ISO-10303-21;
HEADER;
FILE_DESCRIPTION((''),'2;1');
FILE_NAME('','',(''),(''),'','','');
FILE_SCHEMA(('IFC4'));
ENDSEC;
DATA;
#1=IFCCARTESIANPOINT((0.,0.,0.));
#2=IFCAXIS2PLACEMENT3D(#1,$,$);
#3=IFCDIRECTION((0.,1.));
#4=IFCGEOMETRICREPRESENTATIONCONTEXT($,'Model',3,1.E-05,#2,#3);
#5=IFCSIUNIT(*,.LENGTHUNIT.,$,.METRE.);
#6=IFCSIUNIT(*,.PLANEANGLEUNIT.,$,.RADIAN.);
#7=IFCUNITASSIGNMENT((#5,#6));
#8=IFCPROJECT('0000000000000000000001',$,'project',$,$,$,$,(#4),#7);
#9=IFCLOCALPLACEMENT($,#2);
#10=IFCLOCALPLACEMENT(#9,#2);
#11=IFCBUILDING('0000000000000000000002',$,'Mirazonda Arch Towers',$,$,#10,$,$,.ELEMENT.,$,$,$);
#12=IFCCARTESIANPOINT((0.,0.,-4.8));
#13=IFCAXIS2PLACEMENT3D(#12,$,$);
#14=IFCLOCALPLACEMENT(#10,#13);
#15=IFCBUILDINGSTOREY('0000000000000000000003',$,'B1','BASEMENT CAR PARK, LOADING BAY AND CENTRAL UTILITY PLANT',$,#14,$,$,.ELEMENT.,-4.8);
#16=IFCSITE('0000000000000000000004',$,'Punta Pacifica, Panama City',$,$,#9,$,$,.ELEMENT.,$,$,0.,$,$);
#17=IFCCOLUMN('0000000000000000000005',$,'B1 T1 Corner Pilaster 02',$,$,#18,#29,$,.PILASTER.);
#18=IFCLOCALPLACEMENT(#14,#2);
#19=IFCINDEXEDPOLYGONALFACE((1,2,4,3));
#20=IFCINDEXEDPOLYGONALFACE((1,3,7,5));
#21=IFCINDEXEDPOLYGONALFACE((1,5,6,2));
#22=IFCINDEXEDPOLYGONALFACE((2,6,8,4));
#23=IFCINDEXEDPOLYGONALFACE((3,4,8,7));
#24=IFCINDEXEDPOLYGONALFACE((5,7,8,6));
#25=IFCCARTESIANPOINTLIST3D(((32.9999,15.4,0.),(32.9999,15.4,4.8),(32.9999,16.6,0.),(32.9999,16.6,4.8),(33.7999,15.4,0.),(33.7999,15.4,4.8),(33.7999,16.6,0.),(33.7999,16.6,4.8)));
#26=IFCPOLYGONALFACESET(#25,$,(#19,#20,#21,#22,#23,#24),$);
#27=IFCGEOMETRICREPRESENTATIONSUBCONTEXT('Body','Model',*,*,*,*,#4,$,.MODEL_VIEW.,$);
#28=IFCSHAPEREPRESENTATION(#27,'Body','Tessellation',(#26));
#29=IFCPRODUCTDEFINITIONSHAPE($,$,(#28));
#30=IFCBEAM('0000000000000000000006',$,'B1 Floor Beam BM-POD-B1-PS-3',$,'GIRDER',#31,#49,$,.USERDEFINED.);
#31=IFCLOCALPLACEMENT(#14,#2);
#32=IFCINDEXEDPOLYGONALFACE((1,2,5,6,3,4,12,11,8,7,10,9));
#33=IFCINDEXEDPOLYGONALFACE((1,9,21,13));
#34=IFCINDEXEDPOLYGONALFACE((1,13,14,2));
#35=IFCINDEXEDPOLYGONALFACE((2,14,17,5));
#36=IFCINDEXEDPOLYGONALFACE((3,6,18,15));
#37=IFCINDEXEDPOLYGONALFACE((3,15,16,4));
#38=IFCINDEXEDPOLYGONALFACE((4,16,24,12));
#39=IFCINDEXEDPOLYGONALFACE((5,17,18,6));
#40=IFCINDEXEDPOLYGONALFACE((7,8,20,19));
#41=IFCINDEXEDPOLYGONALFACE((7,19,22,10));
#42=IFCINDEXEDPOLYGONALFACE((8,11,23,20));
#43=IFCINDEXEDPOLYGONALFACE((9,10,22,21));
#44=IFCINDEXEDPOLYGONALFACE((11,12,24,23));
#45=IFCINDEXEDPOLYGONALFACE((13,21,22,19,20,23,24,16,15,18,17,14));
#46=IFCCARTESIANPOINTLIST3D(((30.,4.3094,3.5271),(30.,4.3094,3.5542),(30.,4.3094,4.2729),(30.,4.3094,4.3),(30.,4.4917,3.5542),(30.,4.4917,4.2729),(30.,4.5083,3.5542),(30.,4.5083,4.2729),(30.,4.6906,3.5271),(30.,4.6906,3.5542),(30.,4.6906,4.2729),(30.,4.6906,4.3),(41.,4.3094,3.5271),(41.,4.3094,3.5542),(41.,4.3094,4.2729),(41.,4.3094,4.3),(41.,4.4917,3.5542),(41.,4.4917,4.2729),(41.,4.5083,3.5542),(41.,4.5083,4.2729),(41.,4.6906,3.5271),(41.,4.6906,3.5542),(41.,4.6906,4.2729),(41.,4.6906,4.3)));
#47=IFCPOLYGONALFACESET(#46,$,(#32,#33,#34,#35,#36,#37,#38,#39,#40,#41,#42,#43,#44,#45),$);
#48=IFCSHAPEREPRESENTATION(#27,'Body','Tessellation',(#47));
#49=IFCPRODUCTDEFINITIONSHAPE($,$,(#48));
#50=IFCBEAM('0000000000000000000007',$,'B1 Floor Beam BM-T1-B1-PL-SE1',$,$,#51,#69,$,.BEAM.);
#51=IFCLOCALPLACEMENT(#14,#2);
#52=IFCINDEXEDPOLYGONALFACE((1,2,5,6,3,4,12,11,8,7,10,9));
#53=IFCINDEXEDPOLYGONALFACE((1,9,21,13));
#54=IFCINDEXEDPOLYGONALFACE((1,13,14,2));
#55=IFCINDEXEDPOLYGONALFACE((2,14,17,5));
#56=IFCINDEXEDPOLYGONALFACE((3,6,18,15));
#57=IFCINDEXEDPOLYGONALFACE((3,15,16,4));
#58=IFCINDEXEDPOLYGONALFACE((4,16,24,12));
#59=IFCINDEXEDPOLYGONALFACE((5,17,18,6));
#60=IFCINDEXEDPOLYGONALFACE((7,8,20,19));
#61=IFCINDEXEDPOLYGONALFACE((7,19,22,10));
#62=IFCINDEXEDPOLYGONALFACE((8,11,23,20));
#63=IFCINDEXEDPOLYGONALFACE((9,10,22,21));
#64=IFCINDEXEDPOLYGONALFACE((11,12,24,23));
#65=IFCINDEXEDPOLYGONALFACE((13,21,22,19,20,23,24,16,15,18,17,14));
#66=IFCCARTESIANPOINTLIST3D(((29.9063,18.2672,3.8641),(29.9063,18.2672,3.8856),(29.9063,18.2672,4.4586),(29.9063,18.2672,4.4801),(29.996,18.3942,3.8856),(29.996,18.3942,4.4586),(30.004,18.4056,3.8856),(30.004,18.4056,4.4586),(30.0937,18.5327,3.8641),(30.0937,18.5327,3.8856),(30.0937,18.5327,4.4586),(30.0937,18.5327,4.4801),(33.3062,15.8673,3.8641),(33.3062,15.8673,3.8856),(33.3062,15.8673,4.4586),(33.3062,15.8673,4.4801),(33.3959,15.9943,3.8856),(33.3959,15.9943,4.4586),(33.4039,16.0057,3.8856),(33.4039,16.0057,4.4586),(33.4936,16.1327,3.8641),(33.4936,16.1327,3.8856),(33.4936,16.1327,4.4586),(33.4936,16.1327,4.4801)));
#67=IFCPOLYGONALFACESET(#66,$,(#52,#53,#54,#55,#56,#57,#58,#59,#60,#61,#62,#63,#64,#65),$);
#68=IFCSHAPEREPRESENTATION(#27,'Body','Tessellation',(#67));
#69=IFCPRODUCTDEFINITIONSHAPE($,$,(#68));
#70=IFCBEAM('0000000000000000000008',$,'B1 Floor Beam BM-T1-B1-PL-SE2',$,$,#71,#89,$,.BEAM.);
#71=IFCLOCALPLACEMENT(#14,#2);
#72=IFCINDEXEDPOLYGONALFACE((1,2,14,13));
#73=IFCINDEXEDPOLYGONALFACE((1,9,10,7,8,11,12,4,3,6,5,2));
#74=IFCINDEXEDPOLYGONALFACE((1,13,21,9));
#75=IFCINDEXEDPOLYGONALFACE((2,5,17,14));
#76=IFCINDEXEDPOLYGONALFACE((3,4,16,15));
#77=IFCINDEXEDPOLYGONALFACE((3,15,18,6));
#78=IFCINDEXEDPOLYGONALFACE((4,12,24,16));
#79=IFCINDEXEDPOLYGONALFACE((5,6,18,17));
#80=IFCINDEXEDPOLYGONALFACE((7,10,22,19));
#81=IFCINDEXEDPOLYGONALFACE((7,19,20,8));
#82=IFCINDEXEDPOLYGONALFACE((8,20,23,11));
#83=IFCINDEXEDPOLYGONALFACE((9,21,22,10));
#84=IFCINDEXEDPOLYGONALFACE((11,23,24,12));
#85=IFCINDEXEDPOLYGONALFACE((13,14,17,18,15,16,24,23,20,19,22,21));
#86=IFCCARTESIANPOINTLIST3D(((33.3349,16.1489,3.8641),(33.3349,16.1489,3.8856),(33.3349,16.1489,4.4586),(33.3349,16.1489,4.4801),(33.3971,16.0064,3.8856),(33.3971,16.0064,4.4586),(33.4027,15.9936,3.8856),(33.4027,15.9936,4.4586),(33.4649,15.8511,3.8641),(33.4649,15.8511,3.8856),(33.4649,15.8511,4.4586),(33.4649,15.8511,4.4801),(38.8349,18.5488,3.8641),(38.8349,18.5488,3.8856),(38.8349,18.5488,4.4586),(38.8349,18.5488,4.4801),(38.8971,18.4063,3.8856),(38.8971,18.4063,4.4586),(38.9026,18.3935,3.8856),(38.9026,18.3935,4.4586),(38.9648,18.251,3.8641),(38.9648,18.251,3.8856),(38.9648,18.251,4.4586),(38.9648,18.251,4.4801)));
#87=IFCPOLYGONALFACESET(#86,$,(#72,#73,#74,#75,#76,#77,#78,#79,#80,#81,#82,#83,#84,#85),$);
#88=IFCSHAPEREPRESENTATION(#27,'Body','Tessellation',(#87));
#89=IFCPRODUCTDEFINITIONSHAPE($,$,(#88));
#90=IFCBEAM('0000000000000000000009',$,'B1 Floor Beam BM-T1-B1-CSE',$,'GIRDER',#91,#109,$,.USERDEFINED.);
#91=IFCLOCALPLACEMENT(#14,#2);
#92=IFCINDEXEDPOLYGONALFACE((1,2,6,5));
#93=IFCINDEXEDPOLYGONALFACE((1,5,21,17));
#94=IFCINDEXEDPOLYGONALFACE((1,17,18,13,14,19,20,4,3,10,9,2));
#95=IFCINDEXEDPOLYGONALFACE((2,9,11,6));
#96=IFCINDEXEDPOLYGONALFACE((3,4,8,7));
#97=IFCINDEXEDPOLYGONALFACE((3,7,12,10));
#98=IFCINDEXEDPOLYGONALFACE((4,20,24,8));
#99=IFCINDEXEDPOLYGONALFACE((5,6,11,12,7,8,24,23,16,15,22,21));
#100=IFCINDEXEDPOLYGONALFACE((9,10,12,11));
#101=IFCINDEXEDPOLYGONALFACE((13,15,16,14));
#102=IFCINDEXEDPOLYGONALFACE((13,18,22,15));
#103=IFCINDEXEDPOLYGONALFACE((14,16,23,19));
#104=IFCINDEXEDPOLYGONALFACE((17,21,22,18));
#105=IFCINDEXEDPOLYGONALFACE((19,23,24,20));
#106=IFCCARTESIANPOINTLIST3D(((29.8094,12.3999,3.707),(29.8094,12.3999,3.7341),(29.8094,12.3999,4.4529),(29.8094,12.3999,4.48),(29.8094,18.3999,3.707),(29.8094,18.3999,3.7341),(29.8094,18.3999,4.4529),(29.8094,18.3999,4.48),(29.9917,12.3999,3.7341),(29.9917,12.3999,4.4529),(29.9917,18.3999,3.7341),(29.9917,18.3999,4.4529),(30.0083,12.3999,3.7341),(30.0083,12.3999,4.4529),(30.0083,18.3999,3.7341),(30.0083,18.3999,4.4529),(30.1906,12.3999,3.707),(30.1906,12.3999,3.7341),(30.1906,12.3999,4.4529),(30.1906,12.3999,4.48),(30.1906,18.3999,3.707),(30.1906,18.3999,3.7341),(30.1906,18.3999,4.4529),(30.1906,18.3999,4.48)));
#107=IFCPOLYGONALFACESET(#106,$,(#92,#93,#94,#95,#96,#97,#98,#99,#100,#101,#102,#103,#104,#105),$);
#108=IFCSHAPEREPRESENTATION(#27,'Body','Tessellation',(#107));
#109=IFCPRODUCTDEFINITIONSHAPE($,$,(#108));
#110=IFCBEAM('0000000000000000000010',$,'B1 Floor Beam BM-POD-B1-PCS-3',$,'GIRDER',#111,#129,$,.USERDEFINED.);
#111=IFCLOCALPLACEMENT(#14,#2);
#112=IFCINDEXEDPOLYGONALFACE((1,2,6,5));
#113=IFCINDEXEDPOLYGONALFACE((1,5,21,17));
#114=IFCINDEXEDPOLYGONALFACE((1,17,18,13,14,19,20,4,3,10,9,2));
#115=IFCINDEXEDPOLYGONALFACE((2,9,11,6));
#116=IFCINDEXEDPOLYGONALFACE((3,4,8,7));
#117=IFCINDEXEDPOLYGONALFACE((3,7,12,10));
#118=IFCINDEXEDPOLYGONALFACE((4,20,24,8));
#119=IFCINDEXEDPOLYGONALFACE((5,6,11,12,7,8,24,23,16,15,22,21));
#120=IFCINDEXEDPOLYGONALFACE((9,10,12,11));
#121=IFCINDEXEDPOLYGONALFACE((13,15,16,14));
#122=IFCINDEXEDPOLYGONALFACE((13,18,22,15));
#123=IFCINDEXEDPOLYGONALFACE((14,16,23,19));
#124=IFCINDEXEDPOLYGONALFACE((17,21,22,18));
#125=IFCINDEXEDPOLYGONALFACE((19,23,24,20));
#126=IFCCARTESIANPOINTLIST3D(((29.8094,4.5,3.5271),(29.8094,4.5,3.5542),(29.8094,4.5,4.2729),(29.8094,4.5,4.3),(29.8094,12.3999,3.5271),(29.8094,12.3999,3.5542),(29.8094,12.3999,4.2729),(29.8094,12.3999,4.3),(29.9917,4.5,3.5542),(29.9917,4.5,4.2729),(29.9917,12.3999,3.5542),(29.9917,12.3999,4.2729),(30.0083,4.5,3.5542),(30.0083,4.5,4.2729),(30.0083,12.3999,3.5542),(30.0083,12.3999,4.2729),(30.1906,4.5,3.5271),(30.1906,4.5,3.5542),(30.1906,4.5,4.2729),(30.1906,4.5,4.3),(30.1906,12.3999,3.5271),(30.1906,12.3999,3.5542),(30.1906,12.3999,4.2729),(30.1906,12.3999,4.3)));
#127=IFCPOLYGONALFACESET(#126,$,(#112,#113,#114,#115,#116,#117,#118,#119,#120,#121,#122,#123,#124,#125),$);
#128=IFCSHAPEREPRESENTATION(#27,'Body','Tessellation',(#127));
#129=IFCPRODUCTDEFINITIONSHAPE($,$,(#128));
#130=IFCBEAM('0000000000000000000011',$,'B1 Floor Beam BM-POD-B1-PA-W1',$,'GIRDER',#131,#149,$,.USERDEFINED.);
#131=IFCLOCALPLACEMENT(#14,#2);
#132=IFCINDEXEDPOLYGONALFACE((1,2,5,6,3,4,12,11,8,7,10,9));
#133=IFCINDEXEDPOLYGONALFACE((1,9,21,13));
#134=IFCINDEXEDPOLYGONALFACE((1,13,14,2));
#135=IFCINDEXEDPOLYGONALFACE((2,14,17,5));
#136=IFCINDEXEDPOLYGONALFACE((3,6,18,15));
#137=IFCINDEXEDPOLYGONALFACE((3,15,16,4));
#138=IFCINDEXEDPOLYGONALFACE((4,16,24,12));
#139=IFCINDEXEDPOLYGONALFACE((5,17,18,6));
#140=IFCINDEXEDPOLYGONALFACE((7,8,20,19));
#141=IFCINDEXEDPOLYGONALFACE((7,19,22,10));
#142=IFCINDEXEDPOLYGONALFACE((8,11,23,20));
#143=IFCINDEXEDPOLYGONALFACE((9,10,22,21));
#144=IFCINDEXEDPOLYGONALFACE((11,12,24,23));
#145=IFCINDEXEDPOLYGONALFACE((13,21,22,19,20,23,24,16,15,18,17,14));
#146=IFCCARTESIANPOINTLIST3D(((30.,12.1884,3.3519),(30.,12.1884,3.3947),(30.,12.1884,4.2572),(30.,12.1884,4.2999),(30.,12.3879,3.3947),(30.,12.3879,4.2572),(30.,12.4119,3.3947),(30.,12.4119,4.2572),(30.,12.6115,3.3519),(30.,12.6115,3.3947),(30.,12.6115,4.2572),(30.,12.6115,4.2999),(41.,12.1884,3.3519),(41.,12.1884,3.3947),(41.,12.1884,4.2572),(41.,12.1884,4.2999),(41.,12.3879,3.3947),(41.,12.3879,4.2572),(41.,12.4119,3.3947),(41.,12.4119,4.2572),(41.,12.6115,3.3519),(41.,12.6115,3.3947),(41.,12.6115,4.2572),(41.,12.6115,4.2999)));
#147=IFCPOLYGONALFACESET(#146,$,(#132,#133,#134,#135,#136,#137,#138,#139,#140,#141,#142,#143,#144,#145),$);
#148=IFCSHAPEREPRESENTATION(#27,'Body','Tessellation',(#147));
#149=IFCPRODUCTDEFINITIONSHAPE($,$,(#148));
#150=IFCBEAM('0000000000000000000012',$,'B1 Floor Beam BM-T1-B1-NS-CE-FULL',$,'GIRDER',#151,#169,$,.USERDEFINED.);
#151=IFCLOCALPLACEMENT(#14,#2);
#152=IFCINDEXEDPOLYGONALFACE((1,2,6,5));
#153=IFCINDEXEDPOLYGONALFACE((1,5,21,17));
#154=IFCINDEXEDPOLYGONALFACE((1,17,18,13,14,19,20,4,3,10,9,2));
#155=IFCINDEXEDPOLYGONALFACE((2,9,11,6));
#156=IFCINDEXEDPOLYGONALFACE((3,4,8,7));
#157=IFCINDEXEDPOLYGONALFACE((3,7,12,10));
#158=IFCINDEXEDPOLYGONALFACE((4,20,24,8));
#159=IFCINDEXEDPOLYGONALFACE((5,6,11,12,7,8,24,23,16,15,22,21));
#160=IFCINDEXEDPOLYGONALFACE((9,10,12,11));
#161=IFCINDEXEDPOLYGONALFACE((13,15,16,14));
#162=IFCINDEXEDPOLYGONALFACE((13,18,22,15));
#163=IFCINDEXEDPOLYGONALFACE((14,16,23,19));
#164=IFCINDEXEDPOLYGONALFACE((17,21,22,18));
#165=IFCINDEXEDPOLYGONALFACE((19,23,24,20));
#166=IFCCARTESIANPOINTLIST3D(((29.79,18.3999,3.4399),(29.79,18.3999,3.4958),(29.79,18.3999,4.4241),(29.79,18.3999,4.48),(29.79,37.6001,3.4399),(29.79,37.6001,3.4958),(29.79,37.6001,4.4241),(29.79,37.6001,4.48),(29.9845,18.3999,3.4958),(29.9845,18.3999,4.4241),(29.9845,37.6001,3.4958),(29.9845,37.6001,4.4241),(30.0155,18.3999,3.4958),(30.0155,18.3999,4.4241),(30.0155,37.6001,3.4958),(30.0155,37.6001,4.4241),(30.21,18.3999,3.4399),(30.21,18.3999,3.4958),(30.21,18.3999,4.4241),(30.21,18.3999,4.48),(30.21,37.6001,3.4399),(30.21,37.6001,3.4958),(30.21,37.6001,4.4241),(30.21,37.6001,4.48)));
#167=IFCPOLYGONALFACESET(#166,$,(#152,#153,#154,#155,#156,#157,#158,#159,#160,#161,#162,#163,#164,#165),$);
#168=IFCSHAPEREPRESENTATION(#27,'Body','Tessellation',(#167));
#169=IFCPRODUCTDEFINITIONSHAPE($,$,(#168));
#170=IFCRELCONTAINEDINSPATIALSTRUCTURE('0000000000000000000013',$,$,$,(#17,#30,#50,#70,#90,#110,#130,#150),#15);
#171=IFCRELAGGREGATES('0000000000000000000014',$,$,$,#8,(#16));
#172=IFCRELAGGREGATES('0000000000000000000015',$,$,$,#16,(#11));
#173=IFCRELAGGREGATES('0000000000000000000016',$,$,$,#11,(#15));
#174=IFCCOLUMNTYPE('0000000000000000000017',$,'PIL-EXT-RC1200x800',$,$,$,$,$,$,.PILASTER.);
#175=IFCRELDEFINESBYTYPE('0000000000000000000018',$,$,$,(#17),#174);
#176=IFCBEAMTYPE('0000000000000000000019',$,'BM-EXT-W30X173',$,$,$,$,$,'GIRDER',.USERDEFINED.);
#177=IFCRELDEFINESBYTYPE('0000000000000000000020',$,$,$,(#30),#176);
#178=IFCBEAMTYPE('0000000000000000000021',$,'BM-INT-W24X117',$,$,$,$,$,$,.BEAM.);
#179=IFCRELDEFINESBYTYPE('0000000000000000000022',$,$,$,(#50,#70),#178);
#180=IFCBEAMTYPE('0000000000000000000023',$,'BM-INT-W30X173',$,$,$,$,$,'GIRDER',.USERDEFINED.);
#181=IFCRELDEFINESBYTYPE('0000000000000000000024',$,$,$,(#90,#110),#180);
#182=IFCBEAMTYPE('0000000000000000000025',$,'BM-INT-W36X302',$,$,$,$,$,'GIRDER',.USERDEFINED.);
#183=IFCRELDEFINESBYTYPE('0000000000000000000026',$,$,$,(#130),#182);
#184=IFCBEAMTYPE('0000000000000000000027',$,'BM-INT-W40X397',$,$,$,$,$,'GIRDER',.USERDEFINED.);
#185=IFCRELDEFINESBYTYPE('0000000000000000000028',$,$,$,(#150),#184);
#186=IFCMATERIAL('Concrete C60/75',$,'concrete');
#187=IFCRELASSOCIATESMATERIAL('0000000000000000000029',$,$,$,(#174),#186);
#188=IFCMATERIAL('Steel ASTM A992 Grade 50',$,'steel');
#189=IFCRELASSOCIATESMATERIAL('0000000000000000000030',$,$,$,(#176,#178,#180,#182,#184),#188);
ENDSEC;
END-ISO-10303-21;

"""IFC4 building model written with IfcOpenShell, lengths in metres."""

from ifc_helpers import new_model, si_unit, direction, frame, origin, origin_2d, place, context, subcontext, project, spatial, rectangle, i_section, extrude, material, material_profile, profile_set, type_object, element, save


model = new_model("IFC4")

# Units and contexts
model_context = context("Model", 3, precision=1e-05, world=origin(), true_north=direction((0.0, 1.0)))
body_context = subcontext(model_context, "Body", "Model", "MODEL_VIEW")
ifc_project = project(units=[si_unit("LENGTHUNIT", "METRE"), si_unit("PLANEANGLEUNIT", "RADIAN")], contexts=[model_context])

# Site, building, storey
site_placement = place(None, origin())
site = spatial("IfcSite", under=ifc_project, at=site_placement, Name="Punta Pacifica, Panama City", CompositionType="ELEMENT", RefElevation=0.0)
building_placement = place(site_placement, origin())
building = spatial("IfcBuilding", under=site, at=building_placement, Name="Mirazonda Arch Towers", CompositionType="ELEMENT")
storey_placement = place(building_placement, frame((0.0, 0.0, -4.8)))
storey = spatial("IfcBuildingStorey", under=building, at=storey_placement, Name="B1", Description="BASEMENT CAR PARK, LOADING BAY AND CENTRAL UTILITY PLANT", CompositionType="ELEMENT", Elevation=-4.8)

# Column
ifc_material_1 = material(Name="Concrete C60/75", Category="concrete")
ifc_material_profile_1 = material_profile(ifc_material_1, rectangle(XDim=0.8, YDim=1.2, at=origin_2d()), Name="RC1200x800")
ifc_profile_set_1 = profile_set([ifc_material_profile_1], Name="Concrete C60/75")
column_type_1 = type_object("IfcColumnType", Name="PIL-EXT-RC1200x800", PredefinedType="PILASTER", material=ifc_profile_set_1)
column_1_placement = place(storey_placement, frame((33.3999, 16.0, 0.0), z_axis=(0.0, 0.0, 1.0), x_axis=(1.0, 0.0, 0.0)))
element("IfcColumn", 1, at=column_1_placement, inside=storey, type_object=column_type_1, Name="B1 T1 Corner Pilaster 02", PredefinedType="PILASTER", context=body_context, shape_type="SweptSolid", body=[
    extrude(rectangle(XDim=0.8, YDim=1.2, at=origin_2d()), origin(), (0.0, 0.0, 1.0), 4.8),
])

# Beams
ifc_material_2 = material(Name="Steel ASTM A992 Grade 50", Category="steel")
ifc_material_profile_2 = material_profile(ifc_material_2, i_section(OverallWidth=0.3811, OverallDepth=0.7729, WebThickness=0.0166, FlangeThickness=0.0271, at=origin_2d()), Name="W30X173")
ifc_profile_set_2 = profile_set([ifc_material_profile_2], Name="Steel ASTM A992 Grade 50")
beam_type_1 = type_object("IfcBeamType", Name="BM-EXT-W30X173", ElementType="GIRDER", PredefinedType="USERDEFINED", material=ifc_profile_set_2)
beam_1_placement = place(storey_placement, frame((30.0, 4.5, 3.9136), z_axis=(1.0, 0.0, 0.0), x_axis=(0.0, 1.0, 0.0)))
element("IfcBeam", 2, at=beam_1_placement, inside=storey, type_object=beam_type_1, Name="B1 Floor Beam BM-POD-B1-PS-3", ObjectType="GIRDER", PredefinedType="USERDEFINED", context=body_context, shape_type="SweptSolid", body=[
    extrude(i_section(OverallWidth=0.3811, OverallDepth=0.7729, WebThickness=0.0166, FlangeThickness=0.0271, at=origin_2d()), origin(), (0.0, 0.0, 1.0), 11.0),
])
ifc_material_profile_3 = material_profile(ifc_material_2, i_section(OverallWidth=0.325, OverallDepth=0.616, WebThickness=0.0139, FlangeThickness=0.0215, at=origin_2d()), Name="W24X117")
ifc_profile_set_3 = profile_set([ifc_material_profile_3], Name="Steel ASTM A992 Grade 50")
beam_type_2 = type_object("IfcBeamType", Name="BM-INT-W24X117", PredefinedType="BEAM", material=ifc_profile_set_3)
beam_2_placement = place(storey_placement, frame((33.3999, 16.0, 4.1721), z_axis=(-0.816971, 0.576679, 0.0), x_axis=(-0.576679, -0.816971, 0.0)))
element("IfcBeam", 3, at=beam_2_placement, inside=storey, type_object=beam_type_2, Name="B1 Floor Beam BM-T1-B1-PL-SE1", PredefinedType="BEAM", context=body_context, shape_type="SweptSolid", body=[
    extrude(i_section(OverallWidth=0.325, OverallDepth=0.616, WebThickness=0.0139, FlangeThickness=0.0215, at=origin_2d()), origin(), (0.0, 0.0, 1.0), 4.1616),
])
beam_3_placement = place(storey_placement, frame((33.3999, 16.0, 4.1721), z_axis=(0.916545, 0.399931, 0.0), x_axis=(-0.399931, 0.916545, 0.0)))
element("IfcBeam", 4, at=beam_3_placement, inside=storey, type_object=beam_type_2, Name="B1 Floor Beam BM-T1-B1-PL-SE2", PredefinedType="BEAM", context=body_context, shape_type="SweptSolid", body=[
    extrude(i_section(OverallWidth=0.325, OverallDepth=0.616, WebThickness=0.0139, FlangeThickness=0.0215, at=origin_2d()), origin(), (0.0, 0.0, 1.0), 6.0007),
])
ifc_material_profile_4 = material_profile(ifc_material_2, i_section(OverallWidth=0.3811, OverallDepth=0.7729, WebThickness=0.0166, FlangeThickness=0.0271, at=origin_2d()), Name="W30X173")
ifc_profile_set_4 = profile_set([ifc_material_profile_4], Name="Steel ASTM A992 Grade 50")
beam_type_3 = type_object("IfcBeamType", Name="BM-INT-W30X173", ElementType="GIRDER", PredefinedType="USERDEFINED", material=ifc_profile_set_4)
beam_4_placement = place(storey_placement, frame((30.0, 12.3999, 4.0935), z_axis=(0.0, 1.0, 0.0), x_axis=(-1.0, 0.0, 0.0)))
element("IfcBeam", 5, at=beam_4_placement, inside=storey, type_object=beam_type_3, Name="B1 Floor Beam BM-T1-B1-CSE", ObjectType="GIRDER", PredefinedType="USERDEFINED", context=body_context, shape_type="SweptSolid", body=[
    extrude(i_section(OverallWidth=0.3811, OverallDepth=0.7729, WebThickness=0.0166, FlangeThickness=0.0271, at=origin_2d()), origin(), (0.0, 0.0, 1.0), 6.0),
])
beam_5_placement = place(storey_placement, frame((30.0, 4.5, 3.9136), z_axis=(0.0, 1.0, 0.0), x_axis=(-1.0, 0.0, 0.0)))
element("IfcBeam", 6, at=beam_5_placement, inside=storey, type_object=beam_type_3, Name="B1 Floor Beam BM-POD-B1-PCS-3", ObjectType="GIRDER", PredefinedType="USERDEFINED", context=body_context, shape_type="SweptSolid", body=[
    extrude(i_section(OverallWidth=0.3811, OverallDepth=0.7729, WebThickness=0.0166, FlangeThickness=0.0271, at=origin_2d()), origin(), (0.0, 0.0, 1.0), 7.8999),
])
ifc_material_profile_5 = material_profile(ifc_material_2, i_section(OverallWidth=0.4231, OverallDepth=0.948, WebThickness=0.0239, FlangeThickness=0.0427, at=origin_2d()), Name="W36X302")
ifc_profile_set_5 = profile_set([ifc_material_profile_5], Name="Steel ASTM A992 Grade 50")
beam_type_4 = type_object("IfcBeamType", Name="BM-INT-W36X302", ElementType="GIRDER", PredefinedType="USERDEFINED", material=ifc_profile_set_5)
beam_6_placement = place(storey_placement, frame((30.0, 12.3999, 3.8259), z_axis=(1.0, 0.0, 0.0), x_axis=(0.0, 1.0, 0.0)))
element("IfcBeam", 7, at=beam_6_placement, inside=storey, type_object=beam_type_4, Name="B1 Floor Beam BM-POD-B1-PA-W1", ObjectType="GIRDER", PredefinedType="USERDEFINED", context=body_context, shape_type="SweptSolid", body=[
    extrude(i_section(OverallWidth=0.4231, OverallDepth=0.948, WebThickness=0.0239, FlangeThickness=0.0427, at=origin_2d()), origin(), (0.0, 0.0, 1.0), 11.0),
])
ifc_material_profile_6 = material_profile(ifc_material_2, i_section(OverallWidth=0.4199, OverallDepth=1.04, WebThickness=0.031, FlangeThickness=0.0559, at=origin_2d()), Name="W40X397")
ifc_profile_set_6 = profile_set([ifc_material_profile_6], Name="Steel ASTM A992 Grade 50")
beam_type_5 = type_object("IfcBeamType", Name="BM-INT-W40X397", ElementType="GIRDER", PredefinedType="USERDEFINED", material=ifc_profile_set_6)
beam_7_placement = place(storey_placement, frame((30.0, 18.3999, 3.96), z_axis=(0.0, 1.0, 0.0), x_axis=(-1.0, 0.0, 0.0)))
element("IfcBeam", 8, at=beam_7_placement, inside=storey, type_object=beam_type_5, Name="B1 Floor Beam BM-T1-B1-NS-CE-FULL", ObjectType="GIRDER", PredefinedType="USERDEFINED", context=body_context, shape_type="SweptSolid", body=[
    extrude(i_section(OverallWidth=0.4199, OverallDepth=1.04, WebThickness=0.031, FlangeThickness=0.0559, at=origin_2d()), origin(), (0.0, 0.0, 1.0), 19.2002),
])

save(model, "model.ifc")
